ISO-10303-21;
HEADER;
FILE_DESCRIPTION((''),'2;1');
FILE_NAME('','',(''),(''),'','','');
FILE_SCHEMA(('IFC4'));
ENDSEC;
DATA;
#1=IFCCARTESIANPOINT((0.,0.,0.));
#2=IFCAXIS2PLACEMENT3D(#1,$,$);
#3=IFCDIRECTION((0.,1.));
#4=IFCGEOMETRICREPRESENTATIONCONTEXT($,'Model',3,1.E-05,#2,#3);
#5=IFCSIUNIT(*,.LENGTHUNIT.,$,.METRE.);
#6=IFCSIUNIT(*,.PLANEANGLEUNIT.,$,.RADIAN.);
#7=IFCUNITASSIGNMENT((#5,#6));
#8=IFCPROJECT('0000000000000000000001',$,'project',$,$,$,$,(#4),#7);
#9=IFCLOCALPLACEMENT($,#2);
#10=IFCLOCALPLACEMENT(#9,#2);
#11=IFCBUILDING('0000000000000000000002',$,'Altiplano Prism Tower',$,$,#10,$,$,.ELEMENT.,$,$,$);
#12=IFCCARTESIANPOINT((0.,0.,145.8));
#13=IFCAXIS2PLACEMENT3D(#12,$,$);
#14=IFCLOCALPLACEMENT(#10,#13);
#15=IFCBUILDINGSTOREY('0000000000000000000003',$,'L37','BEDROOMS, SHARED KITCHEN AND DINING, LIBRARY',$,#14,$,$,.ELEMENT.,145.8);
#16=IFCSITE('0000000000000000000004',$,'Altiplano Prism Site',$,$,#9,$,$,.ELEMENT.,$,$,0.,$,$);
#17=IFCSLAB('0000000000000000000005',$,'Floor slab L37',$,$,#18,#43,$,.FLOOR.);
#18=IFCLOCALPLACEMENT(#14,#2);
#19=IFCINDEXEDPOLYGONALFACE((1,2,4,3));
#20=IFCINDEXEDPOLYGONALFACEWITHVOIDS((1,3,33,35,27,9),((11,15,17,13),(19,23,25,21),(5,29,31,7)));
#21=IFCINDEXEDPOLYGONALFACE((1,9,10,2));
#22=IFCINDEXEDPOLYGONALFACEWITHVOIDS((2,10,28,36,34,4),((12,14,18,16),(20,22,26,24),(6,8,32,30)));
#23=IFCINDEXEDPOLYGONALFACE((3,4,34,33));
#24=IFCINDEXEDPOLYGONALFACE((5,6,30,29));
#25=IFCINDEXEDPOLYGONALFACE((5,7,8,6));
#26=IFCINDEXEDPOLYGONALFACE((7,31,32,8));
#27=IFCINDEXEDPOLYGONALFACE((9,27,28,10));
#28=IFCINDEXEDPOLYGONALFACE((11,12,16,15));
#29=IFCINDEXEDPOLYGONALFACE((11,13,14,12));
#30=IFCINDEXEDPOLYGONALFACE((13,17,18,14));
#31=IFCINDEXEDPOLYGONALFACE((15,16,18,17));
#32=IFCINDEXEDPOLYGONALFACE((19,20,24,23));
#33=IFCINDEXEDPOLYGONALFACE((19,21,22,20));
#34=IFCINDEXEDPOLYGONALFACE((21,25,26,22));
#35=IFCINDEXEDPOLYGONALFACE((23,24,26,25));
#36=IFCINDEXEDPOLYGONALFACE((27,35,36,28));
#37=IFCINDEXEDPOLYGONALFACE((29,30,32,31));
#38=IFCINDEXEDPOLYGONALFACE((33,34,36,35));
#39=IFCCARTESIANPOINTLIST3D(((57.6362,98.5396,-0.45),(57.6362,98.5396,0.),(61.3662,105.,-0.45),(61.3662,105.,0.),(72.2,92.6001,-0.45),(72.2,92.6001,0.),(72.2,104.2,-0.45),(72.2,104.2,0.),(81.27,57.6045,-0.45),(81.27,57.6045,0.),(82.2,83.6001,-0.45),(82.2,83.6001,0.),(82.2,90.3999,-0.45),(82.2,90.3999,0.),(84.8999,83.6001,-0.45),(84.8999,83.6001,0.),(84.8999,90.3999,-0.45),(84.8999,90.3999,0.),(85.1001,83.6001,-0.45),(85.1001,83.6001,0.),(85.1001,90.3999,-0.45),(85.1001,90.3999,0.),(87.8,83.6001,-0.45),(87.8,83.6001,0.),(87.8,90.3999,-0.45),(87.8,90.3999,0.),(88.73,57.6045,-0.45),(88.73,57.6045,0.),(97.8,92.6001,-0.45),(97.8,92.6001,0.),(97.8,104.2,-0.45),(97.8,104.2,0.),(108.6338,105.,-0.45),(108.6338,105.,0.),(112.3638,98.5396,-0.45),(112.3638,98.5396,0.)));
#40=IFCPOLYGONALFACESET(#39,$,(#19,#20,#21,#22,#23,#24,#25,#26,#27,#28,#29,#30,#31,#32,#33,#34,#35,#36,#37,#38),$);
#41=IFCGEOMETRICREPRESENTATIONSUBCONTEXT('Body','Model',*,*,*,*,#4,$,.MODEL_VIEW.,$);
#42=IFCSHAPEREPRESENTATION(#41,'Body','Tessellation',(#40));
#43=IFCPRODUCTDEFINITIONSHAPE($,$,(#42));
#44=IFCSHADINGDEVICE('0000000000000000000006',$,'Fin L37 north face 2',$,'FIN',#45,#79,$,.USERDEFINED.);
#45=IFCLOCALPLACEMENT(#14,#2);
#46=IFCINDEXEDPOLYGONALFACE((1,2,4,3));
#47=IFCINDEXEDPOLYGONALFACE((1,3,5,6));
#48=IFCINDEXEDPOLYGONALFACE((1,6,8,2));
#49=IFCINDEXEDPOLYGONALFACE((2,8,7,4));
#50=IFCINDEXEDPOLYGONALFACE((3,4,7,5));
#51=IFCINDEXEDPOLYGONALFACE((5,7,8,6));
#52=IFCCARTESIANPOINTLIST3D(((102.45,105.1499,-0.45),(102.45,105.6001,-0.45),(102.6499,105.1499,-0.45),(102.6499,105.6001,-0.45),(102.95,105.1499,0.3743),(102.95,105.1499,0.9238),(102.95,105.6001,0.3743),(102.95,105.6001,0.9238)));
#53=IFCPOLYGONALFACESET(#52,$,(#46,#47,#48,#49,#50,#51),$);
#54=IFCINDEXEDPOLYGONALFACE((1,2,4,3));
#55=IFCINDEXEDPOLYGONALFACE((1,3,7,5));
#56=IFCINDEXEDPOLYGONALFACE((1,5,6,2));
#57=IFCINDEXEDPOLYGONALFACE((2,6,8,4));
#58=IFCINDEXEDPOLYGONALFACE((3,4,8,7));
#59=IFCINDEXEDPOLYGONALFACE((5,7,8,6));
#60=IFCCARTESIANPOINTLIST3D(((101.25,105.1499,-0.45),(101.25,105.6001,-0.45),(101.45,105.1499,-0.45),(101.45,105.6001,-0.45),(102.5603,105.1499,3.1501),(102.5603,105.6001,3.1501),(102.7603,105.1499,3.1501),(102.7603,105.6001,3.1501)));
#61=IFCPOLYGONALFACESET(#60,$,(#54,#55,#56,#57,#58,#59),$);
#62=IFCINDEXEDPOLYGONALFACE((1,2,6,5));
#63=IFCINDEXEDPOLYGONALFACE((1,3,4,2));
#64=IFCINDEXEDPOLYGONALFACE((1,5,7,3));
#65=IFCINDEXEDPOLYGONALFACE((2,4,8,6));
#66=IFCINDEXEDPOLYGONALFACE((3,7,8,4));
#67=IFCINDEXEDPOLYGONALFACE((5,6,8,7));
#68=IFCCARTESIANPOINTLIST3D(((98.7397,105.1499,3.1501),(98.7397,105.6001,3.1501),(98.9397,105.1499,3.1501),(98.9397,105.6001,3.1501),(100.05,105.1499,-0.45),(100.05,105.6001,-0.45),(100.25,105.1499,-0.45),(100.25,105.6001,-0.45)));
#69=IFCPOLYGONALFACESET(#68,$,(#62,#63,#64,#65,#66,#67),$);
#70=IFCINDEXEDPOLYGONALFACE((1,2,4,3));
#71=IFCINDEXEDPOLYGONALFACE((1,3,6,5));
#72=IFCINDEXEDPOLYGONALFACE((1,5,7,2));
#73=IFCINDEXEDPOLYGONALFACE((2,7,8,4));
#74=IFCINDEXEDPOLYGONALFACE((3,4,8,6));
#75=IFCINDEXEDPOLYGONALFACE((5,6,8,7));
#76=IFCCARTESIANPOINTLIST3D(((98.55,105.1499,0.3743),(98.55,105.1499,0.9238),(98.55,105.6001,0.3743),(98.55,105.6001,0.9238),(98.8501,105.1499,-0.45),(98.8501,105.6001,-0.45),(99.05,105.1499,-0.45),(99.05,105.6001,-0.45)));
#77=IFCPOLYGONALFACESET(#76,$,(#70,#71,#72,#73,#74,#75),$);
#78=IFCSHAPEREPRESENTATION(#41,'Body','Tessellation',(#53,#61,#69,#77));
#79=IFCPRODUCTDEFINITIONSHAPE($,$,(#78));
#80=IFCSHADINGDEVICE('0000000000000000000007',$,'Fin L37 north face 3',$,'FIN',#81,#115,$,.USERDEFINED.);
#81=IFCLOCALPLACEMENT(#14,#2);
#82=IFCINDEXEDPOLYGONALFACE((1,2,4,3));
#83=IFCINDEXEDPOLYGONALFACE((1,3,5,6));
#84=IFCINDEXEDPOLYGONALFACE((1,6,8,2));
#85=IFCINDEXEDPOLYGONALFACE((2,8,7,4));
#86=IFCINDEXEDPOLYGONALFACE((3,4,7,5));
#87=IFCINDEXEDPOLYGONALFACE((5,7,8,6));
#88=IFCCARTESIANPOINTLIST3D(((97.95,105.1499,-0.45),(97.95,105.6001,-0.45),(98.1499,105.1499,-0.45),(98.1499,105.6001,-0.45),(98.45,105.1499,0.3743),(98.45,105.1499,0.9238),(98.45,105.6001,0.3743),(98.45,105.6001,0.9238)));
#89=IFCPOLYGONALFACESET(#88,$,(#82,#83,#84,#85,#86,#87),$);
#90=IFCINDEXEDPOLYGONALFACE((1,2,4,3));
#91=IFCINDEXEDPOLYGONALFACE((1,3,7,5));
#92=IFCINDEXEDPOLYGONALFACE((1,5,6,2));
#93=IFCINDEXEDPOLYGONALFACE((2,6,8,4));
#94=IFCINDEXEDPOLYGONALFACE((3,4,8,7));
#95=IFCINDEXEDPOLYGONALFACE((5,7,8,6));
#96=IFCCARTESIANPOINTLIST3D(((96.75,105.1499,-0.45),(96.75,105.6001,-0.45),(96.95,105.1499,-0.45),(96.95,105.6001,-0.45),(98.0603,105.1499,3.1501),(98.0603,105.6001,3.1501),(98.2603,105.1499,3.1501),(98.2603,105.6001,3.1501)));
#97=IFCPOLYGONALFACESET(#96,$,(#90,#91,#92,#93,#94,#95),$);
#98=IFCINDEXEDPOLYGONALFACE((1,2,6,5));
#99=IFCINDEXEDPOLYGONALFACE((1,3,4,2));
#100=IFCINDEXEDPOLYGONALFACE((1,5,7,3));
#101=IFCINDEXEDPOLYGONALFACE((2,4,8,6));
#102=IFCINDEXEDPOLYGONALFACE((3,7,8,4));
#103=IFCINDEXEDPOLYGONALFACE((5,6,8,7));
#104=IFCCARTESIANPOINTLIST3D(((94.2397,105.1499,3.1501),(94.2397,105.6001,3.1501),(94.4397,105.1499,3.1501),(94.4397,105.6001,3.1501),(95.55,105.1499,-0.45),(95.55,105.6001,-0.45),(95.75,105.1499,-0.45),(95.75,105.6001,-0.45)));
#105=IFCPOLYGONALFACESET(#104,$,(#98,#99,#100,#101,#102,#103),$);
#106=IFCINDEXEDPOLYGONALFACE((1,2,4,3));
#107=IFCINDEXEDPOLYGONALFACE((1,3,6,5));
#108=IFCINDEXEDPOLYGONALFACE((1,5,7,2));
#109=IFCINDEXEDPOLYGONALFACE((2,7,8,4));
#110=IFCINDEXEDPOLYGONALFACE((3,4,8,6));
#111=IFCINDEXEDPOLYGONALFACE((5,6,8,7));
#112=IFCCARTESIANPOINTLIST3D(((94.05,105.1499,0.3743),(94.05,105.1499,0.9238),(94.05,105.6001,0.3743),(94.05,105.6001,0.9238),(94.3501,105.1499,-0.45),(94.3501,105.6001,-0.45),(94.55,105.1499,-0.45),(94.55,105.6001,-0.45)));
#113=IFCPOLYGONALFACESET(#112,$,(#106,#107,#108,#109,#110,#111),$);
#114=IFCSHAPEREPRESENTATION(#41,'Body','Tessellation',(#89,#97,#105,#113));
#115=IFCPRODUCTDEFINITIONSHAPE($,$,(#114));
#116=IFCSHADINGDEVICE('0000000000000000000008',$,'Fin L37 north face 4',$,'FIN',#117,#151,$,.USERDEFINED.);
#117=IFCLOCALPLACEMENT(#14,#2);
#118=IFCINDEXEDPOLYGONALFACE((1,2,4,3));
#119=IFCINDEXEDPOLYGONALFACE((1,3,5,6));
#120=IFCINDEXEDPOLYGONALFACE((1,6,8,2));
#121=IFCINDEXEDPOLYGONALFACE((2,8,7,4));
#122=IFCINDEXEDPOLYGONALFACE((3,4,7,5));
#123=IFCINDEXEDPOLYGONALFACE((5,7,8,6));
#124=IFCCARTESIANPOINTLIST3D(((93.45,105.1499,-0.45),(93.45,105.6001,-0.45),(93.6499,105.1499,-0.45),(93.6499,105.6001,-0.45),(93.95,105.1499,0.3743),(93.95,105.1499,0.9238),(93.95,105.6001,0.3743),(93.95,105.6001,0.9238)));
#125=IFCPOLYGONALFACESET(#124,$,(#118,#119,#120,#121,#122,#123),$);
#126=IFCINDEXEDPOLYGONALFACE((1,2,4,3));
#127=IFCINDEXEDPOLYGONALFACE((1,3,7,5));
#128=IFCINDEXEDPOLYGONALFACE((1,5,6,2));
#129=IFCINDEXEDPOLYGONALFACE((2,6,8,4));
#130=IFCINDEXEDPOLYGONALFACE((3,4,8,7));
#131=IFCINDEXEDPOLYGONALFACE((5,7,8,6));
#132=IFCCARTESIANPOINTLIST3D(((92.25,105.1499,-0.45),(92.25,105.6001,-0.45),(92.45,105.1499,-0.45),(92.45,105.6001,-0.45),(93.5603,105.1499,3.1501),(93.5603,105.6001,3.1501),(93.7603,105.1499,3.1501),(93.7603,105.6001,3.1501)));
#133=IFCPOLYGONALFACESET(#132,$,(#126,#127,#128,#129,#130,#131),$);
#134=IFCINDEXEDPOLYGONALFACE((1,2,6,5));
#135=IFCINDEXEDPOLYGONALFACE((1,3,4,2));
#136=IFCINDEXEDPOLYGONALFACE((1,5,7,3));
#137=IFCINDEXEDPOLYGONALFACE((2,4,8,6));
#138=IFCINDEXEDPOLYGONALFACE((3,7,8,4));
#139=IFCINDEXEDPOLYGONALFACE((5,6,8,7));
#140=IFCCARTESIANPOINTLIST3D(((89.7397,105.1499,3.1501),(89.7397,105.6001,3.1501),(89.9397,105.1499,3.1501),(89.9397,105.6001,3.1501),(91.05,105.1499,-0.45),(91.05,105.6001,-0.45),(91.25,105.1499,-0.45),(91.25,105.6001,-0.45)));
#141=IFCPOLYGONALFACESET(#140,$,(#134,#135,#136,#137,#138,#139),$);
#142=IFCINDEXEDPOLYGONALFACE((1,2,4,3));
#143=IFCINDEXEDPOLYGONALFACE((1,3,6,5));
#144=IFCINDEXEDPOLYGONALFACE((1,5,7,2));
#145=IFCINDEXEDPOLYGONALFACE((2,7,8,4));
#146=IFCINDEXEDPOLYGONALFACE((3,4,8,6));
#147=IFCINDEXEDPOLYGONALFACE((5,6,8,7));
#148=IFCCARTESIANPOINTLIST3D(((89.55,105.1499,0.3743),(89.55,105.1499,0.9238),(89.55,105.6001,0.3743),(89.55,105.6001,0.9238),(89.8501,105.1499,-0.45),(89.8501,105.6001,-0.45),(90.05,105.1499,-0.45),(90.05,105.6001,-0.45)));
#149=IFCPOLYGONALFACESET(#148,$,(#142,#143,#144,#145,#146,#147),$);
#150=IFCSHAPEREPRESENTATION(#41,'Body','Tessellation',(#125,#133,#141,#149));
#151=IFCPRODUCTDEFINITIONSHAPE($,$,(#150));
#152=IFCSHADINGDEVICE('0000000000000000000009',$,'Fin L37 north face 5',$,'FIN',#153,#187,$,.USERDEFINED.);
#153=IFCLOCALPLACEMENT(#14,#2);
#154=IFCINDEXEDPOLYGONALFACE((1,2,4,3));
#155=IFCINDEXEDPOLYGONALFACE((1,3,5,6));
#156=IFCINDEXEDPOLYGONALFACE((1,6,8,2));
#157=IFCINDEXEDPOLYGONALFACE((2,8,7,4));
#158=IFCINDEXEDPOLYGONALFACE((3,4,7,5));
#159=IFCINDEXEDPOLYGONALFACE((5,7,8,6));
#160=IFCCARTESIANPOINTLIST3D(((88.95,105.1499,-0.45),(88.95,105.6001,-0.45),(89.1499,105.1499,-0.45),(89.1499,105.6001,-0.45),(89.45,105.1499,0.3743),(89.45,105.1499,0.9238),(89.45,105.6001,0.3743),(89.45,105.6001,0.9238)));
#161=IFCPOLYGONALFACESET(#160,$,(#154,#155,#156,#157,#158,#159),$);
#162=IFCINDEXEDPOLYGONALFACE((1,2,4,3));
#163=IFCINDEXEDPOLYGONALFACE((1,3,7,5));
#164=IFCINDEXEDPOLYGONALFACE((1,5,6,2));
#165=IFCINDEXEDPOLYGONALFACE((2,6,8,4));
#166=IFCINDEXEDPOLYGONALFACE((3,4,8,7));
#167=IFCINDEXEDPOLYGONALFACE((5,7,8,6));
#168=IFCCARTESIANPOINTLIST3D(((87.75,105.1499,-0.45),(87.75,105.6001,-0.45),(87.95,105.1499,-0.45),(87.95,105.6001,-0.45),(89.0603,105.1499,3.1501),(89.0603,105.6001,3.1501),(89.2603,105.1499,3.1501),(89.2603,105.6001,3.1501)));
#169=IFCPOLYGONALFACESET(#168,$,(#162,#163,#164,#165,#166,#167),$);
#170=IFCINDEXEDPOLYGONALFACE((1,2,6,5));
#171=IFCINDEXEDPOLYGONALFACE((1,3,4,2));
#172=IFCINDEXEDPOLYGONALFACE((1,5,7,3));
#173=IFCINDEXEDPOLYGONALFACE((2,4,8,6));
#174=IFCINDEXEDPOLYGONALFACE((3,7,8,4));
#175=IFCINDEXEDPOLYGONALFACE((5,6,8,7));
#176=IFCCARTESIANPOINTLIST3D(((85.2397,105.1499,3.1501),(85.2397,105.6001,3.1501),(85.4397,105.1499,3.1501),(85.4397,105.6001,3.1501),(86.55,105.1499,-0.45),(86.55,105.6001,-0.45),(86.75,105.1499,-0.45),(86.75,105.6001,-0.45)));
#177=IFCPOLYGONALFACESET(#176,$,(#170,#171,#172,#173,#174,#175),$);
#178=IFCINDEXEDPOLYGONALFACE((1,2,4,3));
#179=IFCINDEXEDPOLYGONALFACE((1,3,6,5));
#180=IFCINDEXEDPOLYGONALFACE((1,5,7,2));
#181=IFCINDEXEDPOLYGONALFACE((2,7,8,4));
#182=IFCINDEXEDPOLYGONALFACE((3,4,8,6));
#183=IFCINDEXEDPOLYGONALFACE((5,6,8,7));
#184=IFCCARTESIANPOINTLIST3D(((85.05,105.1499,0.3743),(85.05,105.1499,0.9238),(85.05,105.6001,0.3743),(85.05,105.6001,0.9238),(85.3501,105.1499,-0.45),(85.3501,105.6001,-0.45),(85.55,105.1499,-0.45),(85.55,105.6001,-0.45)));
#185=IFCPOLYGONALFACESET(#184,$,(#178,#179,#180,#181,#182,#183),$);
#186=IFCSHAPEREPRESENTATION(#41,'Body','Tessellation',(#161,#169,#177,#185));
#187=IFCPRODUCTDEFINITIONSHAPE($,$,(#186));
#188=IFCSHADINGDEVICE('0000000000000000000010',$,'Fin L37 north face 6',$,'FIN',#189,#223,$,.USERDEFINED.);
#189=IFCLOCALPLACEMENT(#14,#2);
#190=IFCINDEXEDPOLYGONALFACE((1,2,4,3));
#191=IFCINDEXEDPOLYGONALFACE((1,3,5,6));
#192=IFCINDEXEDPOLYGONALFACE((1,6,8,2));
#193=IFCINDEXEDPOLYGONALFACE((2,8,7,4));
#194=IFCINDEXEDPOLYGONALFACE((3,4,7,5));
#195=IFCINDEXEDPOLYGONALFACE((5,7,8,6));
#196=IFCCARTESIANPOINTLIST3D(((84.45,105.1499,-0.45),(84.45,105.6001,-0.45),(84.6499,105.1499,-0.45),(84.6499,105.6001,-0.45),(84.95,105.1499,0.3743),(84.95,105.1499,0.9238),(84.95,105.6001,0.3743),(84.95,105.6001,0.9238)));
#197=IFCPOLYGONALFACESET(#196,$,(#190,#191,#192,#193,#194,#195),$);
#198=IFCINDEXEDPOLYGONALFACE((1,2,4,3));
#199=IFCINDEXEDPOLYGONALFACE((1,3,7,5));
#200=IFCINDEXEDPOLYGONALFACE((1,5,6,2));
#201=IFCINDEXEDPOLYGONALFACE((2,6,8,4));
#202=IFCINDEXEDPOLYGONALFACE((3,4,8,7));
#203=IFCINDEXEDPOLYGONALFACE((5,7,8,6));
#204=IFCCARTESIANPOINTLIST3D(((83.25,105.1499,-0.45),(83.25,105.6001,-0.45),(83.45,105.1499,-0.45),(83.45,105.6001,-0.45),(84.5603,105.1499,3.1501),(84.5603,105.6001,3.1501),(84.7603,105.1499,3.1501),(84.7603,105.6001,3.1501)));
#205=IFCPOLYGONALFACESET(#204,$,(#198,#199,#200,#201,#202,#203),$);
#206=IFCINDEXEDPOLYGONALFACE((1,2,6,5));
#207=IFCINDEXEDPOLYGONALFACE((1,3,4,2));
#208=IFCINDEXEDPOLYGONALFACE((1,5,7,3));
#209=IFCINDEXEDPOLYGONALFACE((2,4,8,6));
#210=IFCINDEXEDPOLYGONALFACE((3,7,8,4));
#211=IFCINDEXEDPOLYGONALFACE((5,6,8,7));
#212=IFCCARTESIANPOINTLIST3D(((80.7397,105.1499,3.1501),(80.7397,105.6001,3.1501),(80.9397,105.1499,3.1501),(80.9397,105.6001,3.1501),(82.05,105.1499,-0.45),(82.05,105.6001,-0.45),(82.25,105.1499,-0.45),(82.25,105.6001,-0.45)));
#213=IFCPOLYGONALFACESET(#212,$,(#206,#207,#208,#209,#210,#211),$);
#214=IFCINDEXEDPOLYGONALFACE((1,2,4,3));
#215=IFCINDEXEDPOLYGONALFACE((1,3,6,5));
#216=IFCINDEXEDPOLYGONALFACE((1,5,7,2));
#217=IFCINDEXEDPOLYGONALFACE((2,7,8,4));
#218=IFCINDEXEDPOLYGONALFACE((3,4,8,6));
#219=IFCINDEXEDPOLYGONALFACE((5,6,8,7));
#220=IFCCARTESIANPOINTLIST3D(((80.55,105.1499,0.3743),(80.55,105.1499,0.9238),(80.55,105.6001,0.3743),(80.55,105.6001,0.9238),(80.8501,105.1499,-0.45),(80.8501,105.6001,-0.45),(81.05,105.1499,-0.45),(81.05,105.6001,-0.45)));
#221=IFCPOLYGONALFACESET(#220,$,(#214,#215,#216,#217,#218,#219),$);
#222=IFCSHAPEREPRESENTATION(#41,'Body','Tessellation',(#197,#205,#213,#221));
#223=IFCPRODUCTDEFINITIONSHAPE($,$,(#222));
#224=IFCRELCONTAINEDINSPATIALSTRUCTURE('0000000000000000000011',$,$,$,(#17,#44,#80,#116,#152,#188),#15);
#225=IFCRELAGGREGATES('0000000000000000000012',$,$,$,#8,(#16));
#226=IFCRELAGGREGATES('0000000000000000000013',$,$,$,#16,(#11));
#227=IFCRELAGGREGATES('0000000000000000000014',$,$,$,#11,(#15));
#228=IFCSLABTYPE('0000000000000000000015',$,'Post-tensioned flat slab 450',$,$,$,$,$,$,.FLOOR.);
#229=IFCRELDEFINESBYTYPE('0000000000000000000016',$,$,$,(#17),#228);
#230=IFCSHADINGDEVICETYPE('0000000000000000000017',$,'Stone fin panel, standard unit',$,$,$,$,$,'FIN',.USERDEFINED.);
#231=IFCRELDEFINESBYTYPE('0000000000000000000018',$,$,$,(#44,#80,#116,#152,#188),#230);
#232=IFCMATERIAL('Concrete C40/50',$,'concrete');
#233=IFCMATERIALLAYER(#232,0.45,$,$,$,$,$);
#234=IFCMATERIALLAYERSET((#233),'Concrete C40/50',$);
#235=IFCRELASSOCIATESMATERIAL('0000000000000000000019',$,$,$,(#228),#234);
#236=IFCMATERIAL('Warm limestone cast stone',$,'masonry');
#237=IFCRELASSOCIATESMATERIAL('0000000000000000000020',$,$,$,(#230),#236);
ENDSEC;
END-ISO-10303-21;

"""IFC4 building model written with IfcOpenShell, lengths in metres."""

from ifc_helpers import new_model, si_unit, direction, frame, origin, place, context, subcontext, project, spatial, polyline, outline, extrude, source, transform, mapped, material, layer, layer_set, type_object, element, save


model = new_model("IFC4")

# Units and contexts
model_context = context("Model", 3, precision=1e-05, world=origin(), true_north=direction((0.0, 1.0)))
body_context = subcontext(model_context, "Body", "Model", "MODEL_VIEW")
ifc_project = project(units=[si_unit("LENGTHUNIT", "METRE"), si_unit("PLANEANGLEUNIT", "RADIAN")], contexts=[model_context])

# Site, building, storey
site_placement = place(None, origin())
site = spatial("IfcSite", under=ifc_project, at=site_placement, Name="Altiplano Prism Site", CompositionType="ELEMENT", RefElevation=0.0)
building_placement = place(site_placement, origin())
building = spatial("IfcBuilding", under=site, at=building_placement, Name="Altiplano Prism Tower", CompositionType="ELEMENT")
storey_placement = place(building_placement, frame((0.0, 0.0, 145.8)))
storey = spatial("IfcBuildingStorey", under=building, at=storey_placement, Name="L37", Description="BEDROOMS, SHARED KITCHEN AND DINING, LIBRARY", CompositionType="ELEMENT", Elevation=145.8)

# Slab
ifc_material_1 = material(Name="Concrete C40/50", Category="concrete")
ifc_layer = layer(ifc_material_1, 0.45)
ifc_layer_set = layer_set([ifc_layer], Name="Concrete C40/50")
slab_type = type_object("IfcSlabType", Name="Post-tensioned flat slab 450", PredefinedType="FLOOR", material=ifc_layer_set)
slab_placement = place(storey_placement, frame((0.0, 0.0, -0.45)))
element("IfcSlab", 1, at=slab_placement, inside=storey, type_object=slab_type, Name="Floor slab L37", PredefinedType="FLOOR", context=body_context, shape_type="SweptSolid", body=[
    extrude(outline(polyline([(81.27, 57.6045), (57.6362, 98.5396), (61.3662, 105.0), (108.6338, 105.0), (112.3638, 98.5396), (88.73, 57.6045), (81.27, 57.6045)]), holes=[polyline([(72.2, 104.2), (72.2, 92.6001), (97.8, 92.6001), (97.8, 104.2), (72.2, 104.2)]), polyline([(84.8999, 90.3999), (82.2, 90.3999), (82.2, 83.6001), (84.8999, 83.6001), (84.8999, 90.3999)]), polyline([(87.8, 83.6001), (87.8, 90.3999), (85.1001, 90.3999), (85.1001, 83.6001), (87.8, 83.6001)])]), origin(), (0.0, 0.0, 1.0), 0.45),
])

# Shading devices
ifc_material_2 = material(Name="Warm limestone cast stone", Category="masonry")
shading_device_type_1 = type_object("IfcShadingDeviceType", Name="Stone fin panel, standard unit", ElementType="FIN", PredefinedType="USERDEFINED", material=ifc_material_2)
shared_shape_1 = source(origin(), body_context, "Body", "SweptSolid", [
    extrude(outline(polyline([(-2.2, 1.3738), (-2.2, 0.8242), (-1.8999, 0.0), (-1.7, 0.0), (-2.2, 1.3738)])), frame((0.0, -0.1499, 0.0), z_axis=(0.0, -1.0, 0.0), x_axis=(1.0, 0.0, 0.0)), (0.0, 0.0, 1.0), 0.4502),
    extrude(outline(polyline([(-2.0103, 3.6001), (-0.7, 0.0), (-0.5, 0.0), (-1.8103, 3.6001), (-2.0103, 3.6001)])), frame((0.0, -0.1499, 0.0), z_axis=(0.0, -1.0, 0.0), x_axis=(1.0, 0.0, 0.0)), (0.0, 0.0, 1.0), 0.4502),
    extrude(outline(polyline([(1.8103, 3.6001), (0.5, 0.0), (0.7, 0.0), (2.0103, 3.6001), (1.8103, 3.6001)])), frame((0.0, -0.1499, 0.0), z_axis=(0.0, -1.0, 0.0), x_axis=(1.0, 0.0, 0.0)), (0.0, 0.0, 1.0), 0.4502),
    extrude(outline(polyline([(2.2, 0.8242), (2.2, 1.3738), (1.7, 0.0), (1.8999, 0.0), (2.2, 0.8242)])), frame((0.0, -0.1499, 0.0), z_axis=(0.0, -1.0, 0.0), x_axis=(1.0, 0.0, 0.0)), (0.0, 0.0, 1.0), 0.4502),
])
shading_device_1_placement = place(storey_placement, origin())
element("IfcShadingDevice", 2, at=shading_device_1_placement, inside=storey, type_object=shading_device_type_1, Name="Fin L37 north face 2", ObjectType="FIN", PredefinedType="USERDEFINED", context=body_context, shape_type="MappedRepresentation", body=[
    mapped(shared_shape_1, transform((100.75, 105.0, -0.45), x_axis=(-1.0, 0.0, 0.0), y_axis=(0.0, -1.0, 0.0), z_axis=(0.0, 0.0, 1.0))),
])
shading_device_2_placement = place(storey_placement, origin())
element("IfcShadingDevice", 3, at=shading_device_2_placement, inside=storey, type_object=shading_device_type_1, Name="Fin L37 north face 3", ObjectType="FIN", PredefinedType="USERDEFINED", context=body_context, shape_type="MappedRepresentation", body=[
    mapped(shared_shape_1, transform((96.25, 105.0, -0.45), x_axis=(-1.0, 0.0, 0.0), y_axis=(0.0, -1.0, 0.0), z_axis=(0.0, 0.0, 1.0))),
])
shading_device_3_placement = place(storey_placement, origin())
element("IfcShadingDevice", 4, at=shading_device_3_placement, inside=storey, type_object=shading_device_type_1, Name="Fin L37 north face 4", ObjectType="FIN", PredefinedType="USERDEFINED", context=body_context, shape_type="MappedRepresentation", body=[
    mapped(shared_shape_1, transform((91.75, 105.0, -0.45), x_axis=(-1.0, 0.0, 0.0), y_axis=(0.0, -1.0, 0.0), z_axis=(0.0, 0.0, 1.0))),
])
shading_device_4_placement = place(storey_placement, origin())
element("IfcShadingDevice", 5, at=shading_device_4_placement, inside=storey, type_object=shading_device_type_1, Name="Fin L37 north face 5", ObjectType="FIN", PredefinedType="USERDEFINED", context=body_context, shape_type="MappedRepresentation", body=[
    mapped(shared_shape_1, transform((87.25, 105.0, -0.45), x_axis=(-1.0, 0.0, 0.0), y_axis=(0.0, -1.0, 0.0), z_axis=(0.0, 0.0, 1.0))),
])
shading_device_5_placement = place(storey_placement, origin())
element("IfcShadingDevice", 6, at=shading_device_5_placement, inside=storey, type_object=shading_device_type_1, Name="Fin L37 north face 6", ObjectType="FIN", PredefinedType="USERDEFINED", context=body_context, shape_type="MappedRepresentation", body=[
    mapped(shared_shape_1, transform((82.75, 105.0, -0.45), x_axis=(-1.0, 0.0, 0.0), y_axis=(0.0, -1.0, 0.0), z_axis=(0.0, 0.0, 1.0))),
])

save(model, "model.ifc")
